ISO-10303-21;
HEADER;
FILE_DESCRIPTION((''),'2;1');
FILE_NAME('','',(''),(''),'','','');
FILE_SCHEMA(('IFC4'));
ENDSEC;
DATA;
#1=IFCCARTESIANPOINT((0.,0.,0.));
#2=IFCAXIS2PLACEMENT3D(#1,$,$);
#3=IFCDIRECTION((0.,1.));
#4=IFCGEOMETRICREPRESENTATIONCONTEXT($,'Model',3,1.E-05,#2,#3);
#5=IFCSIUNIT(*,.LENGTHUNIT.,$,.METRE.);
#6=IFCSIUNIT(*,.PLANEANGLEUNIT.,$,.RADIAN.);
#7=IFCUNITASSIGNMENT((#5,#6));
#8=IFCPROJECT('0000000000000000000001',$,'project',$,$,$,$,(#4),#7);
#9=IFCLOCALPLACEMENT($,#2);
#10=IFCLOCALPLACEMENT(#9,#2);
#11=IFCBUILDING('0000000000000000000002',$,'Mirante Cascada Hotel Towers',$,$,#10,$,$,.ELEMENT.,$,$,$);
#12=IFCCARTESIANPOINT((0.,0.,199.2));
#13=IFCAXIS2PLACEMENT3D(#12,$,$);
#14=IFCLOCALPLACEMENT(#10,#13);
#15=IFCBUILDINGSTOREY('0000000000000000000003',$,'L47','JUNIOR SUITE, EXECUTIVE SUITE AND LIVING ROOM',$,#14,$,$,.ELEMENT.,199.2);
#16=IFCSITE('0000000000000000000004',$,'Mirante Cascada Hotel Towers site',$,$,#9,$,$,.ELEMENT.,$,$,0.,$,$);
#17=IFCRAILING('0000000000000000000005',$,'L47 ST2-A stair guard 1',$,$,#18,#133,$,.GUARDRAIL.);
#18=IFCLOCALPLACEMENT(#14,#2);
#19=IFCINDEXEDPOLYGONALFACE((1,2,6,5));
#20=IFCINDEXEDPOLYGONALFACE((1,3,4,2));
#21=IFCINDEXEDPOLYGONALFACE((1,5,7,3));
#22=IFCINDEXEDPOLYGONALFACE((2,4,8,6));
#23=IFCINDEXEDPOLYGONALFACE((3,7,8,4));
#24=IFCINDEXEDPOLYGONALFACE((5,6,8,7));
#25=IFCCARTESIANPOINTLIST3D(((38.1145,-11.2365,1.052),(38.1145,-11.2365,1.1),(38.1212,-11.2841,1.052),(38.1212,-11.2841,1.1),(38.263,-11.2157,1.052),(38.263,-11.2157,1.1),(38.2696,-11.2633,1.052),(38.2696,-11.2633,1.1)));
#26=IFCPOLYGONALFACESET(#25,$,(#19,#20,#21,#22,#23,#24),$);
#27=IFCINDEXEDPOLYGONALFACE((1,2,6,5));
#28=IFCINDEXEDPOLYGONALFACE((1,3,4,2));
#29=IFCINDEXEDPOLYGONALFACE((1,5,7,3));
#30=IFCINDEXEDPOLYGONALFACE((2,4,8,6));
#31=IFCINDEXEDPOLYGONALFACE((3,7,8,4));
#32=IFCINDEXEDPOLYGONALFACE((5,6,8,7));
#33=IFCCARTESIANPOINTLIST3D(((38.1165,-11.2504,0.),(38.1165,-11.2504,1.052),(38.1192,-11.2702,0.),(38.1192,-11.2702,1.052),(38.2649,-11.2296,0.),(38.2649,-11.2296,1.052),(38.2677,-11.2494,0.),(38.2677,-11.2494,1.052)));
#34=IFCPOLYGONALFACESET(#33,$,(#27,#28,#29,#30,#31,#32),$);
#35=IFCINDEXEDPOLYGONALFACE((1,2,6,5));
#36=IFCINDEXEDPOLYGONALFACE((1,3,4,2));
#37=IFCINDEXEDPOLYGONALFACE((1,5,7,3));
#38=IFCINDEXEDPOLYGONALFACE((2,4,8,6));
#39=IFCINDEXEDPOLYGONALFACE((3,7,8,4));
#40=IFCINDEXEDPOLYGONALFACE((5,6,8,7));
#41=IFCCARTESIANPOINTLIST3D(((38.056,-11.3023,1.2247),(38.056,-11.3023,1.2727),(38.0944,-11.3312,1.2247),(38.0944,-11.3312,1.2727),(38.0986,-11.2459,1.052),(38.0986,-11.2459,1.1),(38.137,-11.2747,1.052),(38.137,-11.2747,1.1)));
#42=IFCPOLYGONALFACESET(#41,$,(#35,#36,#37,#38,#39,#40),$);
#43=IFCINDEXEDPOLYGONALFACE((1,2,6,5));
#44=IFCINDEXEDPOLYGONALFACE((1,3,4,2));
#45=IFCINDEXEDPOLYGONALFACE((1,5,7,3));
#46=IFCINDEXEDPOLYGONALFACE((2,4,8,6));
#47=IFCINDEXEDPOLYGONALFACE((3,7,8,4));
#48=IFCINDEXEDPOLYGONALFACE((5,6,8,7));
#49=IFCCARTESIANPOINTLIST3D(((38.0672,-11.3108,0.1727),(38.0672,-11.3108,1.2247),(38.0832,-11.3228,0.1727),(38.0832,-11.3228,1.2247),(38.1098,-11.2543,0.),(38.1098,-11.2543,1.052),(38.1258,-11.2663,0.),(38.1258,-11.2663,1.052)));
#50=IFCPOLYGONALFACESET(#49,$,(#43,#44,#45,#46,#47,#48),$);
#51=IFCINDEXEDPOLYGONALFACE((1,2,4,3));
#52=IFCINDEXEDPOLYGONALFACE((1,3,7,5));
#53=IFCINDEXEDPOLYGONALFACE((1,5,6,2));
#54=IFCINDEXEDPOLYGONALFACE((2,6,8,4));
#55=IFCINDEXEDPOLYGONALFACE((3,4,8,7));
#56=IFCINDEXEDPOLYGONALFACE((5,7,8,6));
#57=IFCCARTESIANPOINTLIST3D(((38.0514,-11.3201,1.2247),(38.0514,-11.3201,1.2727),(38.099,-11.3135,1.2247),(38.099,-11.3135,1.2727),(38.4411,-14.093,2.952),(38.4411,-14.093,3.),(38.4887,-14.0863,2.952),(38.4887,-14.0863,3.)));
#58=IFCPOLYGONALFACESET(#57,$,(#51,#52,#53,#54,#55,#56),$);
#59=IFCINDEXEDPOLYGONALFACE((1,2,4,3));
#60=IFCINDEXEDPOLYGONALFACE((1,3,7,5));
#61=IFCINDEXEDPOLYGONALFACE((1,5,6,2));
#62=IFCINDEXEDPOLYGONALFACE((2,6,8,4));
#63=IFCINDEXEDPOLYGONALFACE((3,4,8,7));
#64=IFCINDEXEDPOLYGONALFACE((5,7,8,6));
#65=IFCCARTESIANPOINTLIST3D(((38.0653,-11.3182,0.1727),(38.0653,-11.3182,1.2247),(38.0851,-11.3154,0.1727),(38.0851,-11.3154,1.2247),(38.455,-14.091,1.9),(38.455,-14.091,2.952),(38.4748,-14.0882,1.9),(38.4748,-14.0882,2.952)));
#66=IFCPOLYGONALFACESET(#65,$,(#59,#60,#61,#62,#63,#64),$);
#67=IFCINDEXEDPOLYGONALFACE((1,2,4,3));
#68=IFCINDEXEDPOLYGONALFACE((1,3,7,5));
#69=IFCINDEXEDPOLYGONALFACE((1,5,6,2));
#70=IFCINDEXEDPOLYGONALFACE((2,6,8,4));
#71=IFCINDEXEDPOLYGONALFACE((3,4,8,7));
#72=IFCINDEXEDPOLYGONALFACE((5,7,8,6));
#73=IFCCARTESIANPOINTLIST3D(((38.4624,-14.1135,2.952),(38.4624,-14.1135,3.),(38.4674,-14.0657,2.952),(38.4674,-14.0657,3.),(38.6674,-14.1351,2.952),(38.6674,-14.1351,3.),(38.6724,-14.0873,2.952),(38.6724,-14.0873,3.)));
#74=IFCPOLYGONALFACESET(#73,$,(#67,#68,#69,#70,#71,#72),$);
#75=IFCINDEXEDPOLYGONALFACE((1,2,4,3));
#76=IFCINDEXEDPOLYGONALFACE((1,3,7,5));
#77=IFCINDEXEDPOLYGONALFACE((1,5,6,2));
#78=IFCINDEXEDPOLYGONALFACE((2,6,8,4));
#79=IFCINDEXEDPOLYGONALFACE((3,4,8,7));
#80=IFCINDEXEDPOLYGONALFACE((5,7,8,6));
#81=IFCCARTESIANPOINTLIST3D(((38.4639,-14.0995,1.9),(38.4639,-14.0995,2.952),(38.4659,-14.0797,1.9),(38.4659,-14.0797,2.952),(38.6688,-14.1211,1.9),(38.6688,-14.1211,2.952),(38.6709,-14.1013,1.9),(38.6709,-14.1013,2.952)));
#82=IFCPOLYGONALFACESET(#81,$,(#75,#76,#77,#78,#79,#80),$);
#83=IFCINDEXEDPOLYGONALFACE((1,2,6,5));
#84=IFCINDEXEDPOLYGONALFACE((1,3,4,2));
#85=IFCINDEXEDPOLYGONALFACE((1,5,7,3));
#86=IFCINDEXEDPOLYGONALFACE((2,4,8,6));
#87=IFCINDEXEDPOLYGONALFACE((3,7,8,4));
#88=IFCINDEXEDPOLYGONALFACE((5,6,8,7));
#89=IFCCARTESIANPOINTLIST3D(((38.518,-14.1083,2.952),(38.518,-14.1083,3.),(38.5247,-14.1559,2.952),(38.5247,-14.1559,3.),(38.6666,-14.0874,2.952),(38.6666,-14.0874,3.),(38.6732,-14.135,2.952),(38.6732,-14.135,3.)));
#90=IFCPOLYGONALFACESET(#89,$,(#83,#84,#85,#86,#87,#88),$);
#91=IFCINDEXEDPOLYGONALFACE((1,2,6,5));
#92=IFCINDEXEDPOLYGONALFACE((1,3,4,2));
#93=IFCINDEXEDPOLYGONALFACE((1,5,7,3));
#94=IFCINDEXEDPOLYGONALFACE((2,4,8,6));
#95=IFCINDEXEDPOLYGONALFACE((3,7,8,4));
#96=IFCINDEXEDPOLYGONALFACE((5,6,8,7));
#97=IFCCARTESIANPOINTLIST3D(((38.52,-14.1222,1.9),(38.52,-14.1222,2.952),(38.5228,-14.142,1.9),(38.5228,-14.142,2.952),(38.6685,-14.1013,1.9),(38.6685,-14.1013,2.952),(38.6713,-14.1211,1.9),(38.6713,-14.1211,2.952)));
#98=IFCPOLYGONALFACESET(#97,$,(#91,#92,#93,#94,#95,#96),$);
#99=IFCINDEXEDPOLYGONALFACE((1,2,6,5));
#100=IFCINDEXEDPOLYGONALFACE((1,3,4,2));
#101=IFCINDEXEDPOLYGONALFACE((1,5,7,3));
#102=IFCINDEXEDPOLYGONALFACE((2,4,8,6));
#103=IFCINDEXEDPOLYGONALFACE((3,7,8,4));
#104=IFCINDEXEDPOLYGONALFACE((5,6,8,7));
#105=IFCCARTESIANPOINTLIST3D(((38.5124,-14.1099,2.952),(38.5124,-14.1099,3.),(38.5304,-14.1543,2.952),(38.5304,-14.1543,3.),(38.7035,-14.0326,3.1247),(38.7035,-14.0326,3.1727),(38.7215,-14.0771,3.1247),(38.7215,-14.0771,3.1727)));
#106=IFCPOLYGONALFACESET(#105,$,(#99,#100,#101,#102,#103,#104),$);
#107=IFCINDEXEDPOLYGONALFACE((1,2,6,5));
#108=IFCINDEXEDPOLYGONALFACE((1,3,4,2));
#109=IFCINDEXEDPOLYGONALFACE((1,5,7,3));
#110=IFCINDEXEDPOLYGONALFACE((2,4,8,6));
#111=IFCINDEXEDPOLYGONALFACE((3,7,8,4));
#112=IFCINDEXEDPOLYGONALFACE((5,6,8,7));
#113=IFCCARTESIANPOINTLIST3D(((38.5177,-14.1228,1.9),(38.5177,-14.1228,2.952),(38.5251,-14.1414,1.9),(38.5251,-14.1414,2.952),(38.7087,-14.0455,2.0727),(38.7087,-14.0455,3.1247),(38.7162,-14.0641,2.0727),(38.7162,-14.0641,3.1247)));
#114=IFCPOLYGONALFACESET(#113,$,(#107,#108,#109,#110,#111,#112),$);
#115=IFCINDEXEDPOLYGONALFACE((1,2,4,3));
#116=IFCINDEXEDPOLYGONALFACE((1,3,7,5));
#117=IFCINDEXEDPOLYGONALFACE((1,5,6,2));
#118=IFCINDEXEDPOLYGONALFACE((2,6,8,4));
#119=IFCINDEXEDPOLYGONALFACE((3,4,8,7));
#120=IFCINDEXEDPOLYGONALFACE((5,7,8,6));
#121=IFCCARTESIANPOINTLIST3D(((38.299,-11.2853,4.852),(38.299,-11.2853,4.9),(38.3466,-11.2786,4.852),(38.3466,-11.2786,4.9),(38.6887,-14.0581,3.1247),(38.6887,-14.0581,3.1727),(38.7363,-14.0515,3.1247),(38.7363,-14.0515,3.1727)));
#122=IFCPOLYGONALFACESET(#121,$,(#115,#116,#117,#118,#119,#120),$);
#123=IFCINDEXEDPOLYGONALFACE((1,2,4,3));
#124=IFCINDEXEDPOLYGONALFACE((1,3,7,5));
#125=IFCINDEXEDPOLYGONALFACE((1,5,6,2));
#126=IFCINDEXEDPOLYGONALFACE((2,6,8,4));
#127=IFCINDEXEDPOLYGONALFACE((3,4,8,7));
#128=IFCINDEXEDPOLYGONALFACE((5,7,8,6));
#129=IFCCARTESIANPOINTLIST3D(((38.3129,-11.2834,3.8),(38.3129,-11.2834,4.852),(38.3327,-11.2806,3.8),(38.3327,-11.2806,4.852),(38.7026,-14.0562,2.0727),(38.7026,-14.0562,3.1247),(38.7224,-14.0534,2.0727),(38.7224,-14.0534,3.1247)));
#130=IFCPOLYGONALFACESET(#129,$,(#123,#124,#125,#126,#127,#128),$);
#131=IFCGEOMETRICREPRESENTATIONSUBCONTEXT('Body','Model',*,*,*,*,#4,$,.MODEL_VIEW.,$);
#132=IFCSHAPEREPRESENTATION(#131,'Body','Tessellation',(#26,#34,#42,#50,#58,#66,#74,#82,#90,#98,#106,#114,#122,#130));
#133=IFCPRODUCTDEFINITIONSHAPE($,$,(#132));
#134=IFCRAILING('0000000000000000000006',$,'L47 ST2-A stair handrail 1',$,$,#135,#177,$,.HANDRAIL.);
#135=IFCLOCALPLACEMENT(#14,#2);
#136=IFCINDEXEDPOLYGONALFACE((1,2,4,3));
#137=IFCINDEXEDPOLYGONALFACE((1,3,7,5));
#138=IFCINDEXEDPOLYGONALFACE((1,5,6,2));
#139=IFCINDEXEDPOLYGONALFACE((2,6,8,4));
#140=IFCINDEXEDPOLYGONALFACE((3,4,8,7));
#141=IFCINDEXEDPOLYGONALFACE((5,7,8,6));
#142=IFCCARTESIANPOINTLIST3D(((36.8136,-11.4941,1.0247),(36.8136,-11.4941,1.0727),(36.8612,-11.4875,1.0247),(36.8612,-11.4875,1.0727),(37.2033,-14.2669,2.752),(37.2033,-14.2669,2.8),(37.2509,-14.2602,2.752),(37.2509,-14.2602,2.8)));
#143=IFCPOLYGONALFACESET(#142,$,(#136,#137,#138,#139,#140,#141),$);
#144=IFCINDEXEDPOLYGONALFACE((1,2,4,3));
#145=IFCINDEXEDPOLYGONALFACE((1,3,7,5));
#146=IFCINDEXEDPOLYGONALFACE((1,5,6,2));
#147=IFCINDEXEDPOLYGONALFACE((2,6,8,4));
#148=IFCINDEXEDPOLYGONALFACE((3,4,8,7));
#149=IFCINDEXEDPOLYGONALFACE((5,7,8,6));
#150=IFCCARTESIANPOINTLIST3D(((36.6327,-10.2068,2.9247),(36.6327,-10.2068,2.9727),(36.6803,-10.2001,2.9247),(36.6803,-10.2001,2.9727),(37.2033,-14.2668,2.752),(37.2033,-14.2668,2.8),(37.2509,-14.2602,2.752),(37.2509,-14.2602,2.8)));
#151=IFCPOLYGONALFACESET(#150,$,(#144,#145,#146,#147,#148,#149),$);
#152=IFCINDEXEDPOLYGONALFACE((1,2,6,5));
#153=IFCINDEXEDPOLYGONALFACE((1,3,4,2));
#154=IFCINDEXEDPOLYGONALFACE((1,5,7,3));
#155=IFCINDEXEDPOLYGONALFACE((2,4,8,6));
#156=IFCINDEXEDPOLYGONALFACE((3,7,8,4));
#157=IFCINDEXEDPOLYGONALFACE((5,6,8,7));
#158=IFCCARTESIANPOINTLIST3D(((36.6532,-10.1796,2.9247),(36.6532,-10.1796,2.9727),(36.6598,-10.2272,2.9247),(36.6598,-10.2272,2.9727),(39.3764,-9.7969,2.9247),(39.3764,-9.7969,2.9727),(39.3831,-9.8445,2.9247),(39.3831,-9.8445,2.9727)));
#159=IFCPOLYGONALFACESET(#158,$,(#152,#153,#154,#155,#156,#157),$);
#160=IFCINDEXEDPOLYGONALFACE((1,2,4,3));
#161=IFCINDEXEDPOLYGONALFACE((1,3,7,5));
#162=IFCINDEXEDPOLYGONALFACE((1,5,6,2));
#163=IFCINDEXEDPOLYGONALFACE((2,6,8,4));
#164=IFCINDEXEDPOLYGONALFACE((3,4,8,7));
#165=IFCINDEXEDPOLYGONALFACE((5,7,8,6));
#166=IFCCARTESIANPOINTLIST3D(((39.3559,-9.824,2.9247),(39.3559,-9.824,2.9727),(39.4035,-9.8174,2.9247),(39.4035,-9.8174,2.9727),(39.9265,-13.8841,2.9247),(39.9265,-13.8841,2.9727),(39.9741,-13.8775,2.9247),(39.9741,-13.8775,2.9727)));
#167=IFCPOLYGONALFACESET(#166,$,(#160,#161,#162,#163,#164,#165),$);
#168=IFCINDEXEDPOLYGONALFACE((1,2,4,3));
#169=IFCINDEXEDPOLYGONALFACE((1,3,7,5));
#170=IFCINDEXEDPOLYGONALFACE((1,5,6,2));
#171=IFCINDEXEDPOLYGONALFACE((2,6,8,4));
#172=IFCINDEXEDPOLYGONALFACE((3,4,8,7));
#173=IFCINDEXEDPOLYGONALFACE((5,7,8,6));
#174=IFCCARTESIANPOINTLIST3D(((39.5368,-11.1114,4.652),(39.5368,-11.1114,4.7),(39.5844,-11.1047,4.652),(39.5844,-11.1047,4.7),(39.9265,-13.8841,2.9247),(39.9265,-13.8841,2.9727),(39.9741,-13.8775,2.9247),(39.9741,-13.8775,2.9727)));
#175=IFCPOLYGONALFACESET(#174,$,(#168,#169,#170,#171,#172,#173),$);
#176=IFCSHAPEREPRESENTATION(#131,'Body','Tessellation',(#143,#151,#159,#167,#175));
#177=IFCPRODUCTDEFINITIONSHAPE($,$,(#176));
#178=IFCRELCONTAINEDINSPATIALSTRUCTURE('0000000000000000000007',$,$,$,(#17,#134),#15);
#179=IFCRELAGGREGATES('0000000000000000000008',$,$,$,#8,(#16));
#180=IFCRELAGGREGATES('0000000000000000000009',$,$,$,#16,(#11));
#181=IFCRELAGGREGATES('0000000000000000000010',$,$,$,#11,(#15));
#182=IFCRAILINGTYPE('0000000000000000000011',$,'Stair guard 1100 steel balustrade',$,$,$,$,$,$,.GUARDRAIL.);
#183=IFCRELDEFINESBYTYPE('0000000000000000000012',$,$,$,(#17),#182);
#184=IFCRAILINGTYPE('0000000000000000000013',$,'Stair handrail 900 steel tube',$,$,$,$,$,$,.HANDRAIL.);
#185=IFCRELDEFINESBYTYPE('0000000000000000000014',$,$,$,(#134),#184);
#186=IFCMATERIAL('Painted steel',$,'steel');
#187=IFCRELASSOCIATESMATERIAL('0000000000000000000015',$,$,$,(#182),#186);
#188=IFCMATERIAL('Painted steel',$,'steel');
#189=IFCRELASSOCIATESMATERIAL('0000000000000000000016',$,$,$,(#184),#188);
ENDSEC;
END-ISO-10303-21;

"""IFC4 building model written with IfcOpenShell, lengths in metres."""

from ifc_helpers import new_model, si_unit, direction, frame, origin, origin_2d, place, context, subcontext, project, spatial, rectangle, extrude, material, type_object, element, save


model = new_model("IFC4")

# Units and contexts
model_context = context("Model", 3, precision=1e-05, world=origin(), true_north=direction((0.0, 1.0)))
body_context = subcontext(model_context, "Body", "Model", "MODEL_VIEW")
ifc_project = project(units=[si_unit("LENGTHUNIT", "METRE"), si_unit("PLANEANGLEUNIT", "RADIAN")], contexts=[model_context])

# Site, building, storey
site_placement = place(None, origin())
site = spatial("IfcSite", under=ifc_project, at=site_placement, Name="Mirante Cascada Hotel Towers site", CompositionType="ELEMENT", RefElevation=0.0)
building_placement = place(site_placement, origin())
building = spatial("IfcBuilding", under=site, at=building_placement, Name="Mirante Cascada Hotel Towers", CompositionType="ELEMENT")
storey_placement = place(building_placement, frame((0.0, 0.0, 199.2)))
storey = spatial("IfcBuildingStorey", under=building, at=storey_placement, Name="L47", Description="JUNIOR SUITE, EXECUTIVE SUITE AND LIVING ROOM", CompositionType="ELEMENT", Elevation=199.2)

# Railings
ifc_material_1 = material(Name="Painted steel", Category="steel")
railing_type_1 = type_object("IfcRailingType", Name="Stair guard 1100 steel balustrade", PredefinedType="GUARDRAIL", material=ifc_material_1)
railing_1_placement = place(storey_placement, frame((38.2663, -11.2395, 0.0)))
element("IfcRailing", 1, at=railing_1_placement, inside=storey, type_object=railing_type_1, Name="L47 ST2-A stair guard 1", PredefinedType="GUARDRAIL", context=body_context, shape_type="SweptSolid", body=[
    extrude(rectangle(XDim=0.048, YDim=0.048, at=origin_2d()), frame((0.0, 0.0, 1.076), z_axis=(-0.990333, -0.138713, 0.0), x_axis=(0.138713, -0.990333, 0.0)), (0.0, 0.0, 1.0), 0.1499),
    extrude(rectangle(XDim=0.02, YDim=1.052, at=origin_2d()), frame((0.0, 0.0, 0.526), z_axis=(-0.990333, -0.138713, 0.0), x_axis=(0.138713, -0.990333, 0.0)), (0.0, 0.0, 1.0), 0.1499),
    extrude(rectangle(XDim=0.048, YDim=0.048, at=origin_2d()), frame((-0.1485, -0.0208, 1.076), z_axis=(-0.602033, -0.798471, 0.0), x_axis=(0.798471, -0.602033, 0.0)), (0.0, 0.92534, 0.379139), 0.1866),
    extrude(rectangle(XDim=0.02, YDim=1.052, at=origin_2d()), frame((-0.1485, -0.0208, 0.526), z_axis=(-0.602033, -0.798471, 0.0), x_axis=(0.798471, -0.602033, 0.0)), (0.0, 0.92534, 0.379139), 0.1866),
    extrude(rectangle(XDim=0.048, YDim=0.048, at=origin_2d()), frame((-0.1911, -0.0773, 1.2487), z_axis=(0.139176, -0.990268, 0.0), x_axis=(0.990268, 0.139176, 0.0)), (0.0, 0.525021, 0.851089), 3.29),
    extrude(rectangle(XDim=0.02, YDim=1.052, at=origin_2d()), frame((-0.1911, -0.0773, 0.6987), z_axis=(0.139176, -0.990268, 0.0), x_axis=(0.990268, 0.139176, 0.0)), (0.0, 0.525021, 0.851089), 3.29),
    extrude(rectangle(XDim=0.048, YDim=0.048, at=origin_2d()), frame((0.1986, -2.8501, 2.976), z_axis=(0.994495, -0.104786, 0.0), x_axis=(0.104786, 0.994495, 0.0)), (0.0, 0.0, 1.0), 0.2061),
    extrude(rectangle(XDim=0.02, YDim=1.052, at=origin_2d()), frame((0.1986, -2.8501, 2.426), z_axis=(0.994495, -0.104786, 0.0), x_axis=(0.104786, 0.994495, 0.0)), (0.0, 0.0, 1.0), 0.2061),
    extrude(rectangle(XDim=0.048, YDim=0.048, at=origin_2d()), frame((0.4036, -2.8717, 2.976), z_axis=(-0.990241, -0.139367, 0.0), x_axis=(0.139367, -0.990241, 0.0)), (0.0, 0.0, 1.0), 0.15),
    extrude(rectangle(XDim=0.02, YDim=1.052, at=origin_2d()), frame((0.4036, -2.8717, 2.426), z_axis=(-0.990241, -0.139367, 0.0), x_axis=(0.139367, -0.990241, 0.0)), (0.0, 0.0, 1.0), 0.15),
    extrude(rectangle(XDim=0.048, YDim=0.048, at=origin_2d()), frame((0.2551, -2.8926, 2.976), z_axis=(0.927031, 0.374984, 0.0), x_axis=(-0.374984, 0.927031, 0.0)), (0.0, 0.64219, 0.766545), 0.2689),
    extrude(rectangle(XDim=0.02, YDim=1.052, at=origin_2d()), frame((0.2551, -2.8926, 2.426), z_axis=(0.927031, 0.374984, 0.0), x_axis=(-0.374984, 0.927031, 0.0)), (0.0, 0.64219, 0.766545), 0.2689),
    extrude(rectangle(XDim=0.048, YDim=0.048, at=origin_2d()), frame((0.4462, -2.8153, 3.1487), z_axis=(-0.139176, 0.990268, 0.0), x_axis=(-0.990268, -0.139176, 0.0)), (0.0, 0.525021, 0.851089), 3.29),
    extrude(rectangle(XDim=0.02, YDim=1.052, at=origin_2d()), frame((0.4462, -2.8153, 2.5987), z_axis=(-0.139176, 0.990268, 0.0), x_axis=(-0.990268, -0.139176, 0.0)), (0.0, 0.525021, 0.851089), 3.29),
])
ifc_material_2 = material(Name="Painted steel", Category="steel")
railing_type_2 = type_object("IfcRailingType", Name="Stair handrail 900 steel tube", PredefinedType="HANDRAIL", material=ifc_material_2)
railing_2_placement = place(storey_placement, frame((36.8374, -11.4908, 0.1727)))
element("IfcRailing", 2, at=railing_2_placement, inside=storey, type_object=railing_type_2, Name="L47 ST2-A stair handrail 1", PredefinedType="HANDRAIL", context=body_context, shape_type="SweptSolid", body=[
    extrude(rectangle(XDim=0.048, YDim=0.048, at=origin_2d()), frame((0.0, 0.0, 0.876), z_axis=(0.139181, -0.990267, 0.0), x_axis=(0.990267, 0.139181, 0.0)), (0.0, 0.525035, 0.851081), 3.2899),
    extrude(rectangle(XDim=0.048, YDim=0.048, at=origin_2d()), frame((0.3897, -2.7727, 2.6033), z_axis=(-0.139171, 0.990268, 0.0), x_axis=(-0.990268, -0.139171, 0.0)), (0.0, 0.042085, 0.999114), 4.1036),
    extrude(rectangle(XDim=0.048, YDim=0.048, at=origin_2d()), frame((-0.1809, 1.2874, 2.776), z_axis=(0.990269, 0.139166, 0.0), x_axis=(-0.139166, 0.990269, 0.0)), (0.0, 0.0, 1.0), 2.75),
    extrude(rectangle(XDim=0.048, YDim=0.048, at=origin_2d()), frame((2.5423, 1.6701, 2.776), z_axis=(0.139171, -0.990268, 0.0), x_axis=(0.990268, 0.139171, 0.0)), (0.0, 0.0, 1.0), 4.1),
    extrude(rectangle(XDim=0.048, YDim=0.048, at=origin_2d()), frame((3.1129, -2.39, 2.776), z_axis=(-0.139181, 0.990267, 0.0), x_axis=(-0.990267, -0.139181, 0.0)), (0.0, 0.525035, 0.851081), 3.2899),
])

save(model, "model.ifc")
